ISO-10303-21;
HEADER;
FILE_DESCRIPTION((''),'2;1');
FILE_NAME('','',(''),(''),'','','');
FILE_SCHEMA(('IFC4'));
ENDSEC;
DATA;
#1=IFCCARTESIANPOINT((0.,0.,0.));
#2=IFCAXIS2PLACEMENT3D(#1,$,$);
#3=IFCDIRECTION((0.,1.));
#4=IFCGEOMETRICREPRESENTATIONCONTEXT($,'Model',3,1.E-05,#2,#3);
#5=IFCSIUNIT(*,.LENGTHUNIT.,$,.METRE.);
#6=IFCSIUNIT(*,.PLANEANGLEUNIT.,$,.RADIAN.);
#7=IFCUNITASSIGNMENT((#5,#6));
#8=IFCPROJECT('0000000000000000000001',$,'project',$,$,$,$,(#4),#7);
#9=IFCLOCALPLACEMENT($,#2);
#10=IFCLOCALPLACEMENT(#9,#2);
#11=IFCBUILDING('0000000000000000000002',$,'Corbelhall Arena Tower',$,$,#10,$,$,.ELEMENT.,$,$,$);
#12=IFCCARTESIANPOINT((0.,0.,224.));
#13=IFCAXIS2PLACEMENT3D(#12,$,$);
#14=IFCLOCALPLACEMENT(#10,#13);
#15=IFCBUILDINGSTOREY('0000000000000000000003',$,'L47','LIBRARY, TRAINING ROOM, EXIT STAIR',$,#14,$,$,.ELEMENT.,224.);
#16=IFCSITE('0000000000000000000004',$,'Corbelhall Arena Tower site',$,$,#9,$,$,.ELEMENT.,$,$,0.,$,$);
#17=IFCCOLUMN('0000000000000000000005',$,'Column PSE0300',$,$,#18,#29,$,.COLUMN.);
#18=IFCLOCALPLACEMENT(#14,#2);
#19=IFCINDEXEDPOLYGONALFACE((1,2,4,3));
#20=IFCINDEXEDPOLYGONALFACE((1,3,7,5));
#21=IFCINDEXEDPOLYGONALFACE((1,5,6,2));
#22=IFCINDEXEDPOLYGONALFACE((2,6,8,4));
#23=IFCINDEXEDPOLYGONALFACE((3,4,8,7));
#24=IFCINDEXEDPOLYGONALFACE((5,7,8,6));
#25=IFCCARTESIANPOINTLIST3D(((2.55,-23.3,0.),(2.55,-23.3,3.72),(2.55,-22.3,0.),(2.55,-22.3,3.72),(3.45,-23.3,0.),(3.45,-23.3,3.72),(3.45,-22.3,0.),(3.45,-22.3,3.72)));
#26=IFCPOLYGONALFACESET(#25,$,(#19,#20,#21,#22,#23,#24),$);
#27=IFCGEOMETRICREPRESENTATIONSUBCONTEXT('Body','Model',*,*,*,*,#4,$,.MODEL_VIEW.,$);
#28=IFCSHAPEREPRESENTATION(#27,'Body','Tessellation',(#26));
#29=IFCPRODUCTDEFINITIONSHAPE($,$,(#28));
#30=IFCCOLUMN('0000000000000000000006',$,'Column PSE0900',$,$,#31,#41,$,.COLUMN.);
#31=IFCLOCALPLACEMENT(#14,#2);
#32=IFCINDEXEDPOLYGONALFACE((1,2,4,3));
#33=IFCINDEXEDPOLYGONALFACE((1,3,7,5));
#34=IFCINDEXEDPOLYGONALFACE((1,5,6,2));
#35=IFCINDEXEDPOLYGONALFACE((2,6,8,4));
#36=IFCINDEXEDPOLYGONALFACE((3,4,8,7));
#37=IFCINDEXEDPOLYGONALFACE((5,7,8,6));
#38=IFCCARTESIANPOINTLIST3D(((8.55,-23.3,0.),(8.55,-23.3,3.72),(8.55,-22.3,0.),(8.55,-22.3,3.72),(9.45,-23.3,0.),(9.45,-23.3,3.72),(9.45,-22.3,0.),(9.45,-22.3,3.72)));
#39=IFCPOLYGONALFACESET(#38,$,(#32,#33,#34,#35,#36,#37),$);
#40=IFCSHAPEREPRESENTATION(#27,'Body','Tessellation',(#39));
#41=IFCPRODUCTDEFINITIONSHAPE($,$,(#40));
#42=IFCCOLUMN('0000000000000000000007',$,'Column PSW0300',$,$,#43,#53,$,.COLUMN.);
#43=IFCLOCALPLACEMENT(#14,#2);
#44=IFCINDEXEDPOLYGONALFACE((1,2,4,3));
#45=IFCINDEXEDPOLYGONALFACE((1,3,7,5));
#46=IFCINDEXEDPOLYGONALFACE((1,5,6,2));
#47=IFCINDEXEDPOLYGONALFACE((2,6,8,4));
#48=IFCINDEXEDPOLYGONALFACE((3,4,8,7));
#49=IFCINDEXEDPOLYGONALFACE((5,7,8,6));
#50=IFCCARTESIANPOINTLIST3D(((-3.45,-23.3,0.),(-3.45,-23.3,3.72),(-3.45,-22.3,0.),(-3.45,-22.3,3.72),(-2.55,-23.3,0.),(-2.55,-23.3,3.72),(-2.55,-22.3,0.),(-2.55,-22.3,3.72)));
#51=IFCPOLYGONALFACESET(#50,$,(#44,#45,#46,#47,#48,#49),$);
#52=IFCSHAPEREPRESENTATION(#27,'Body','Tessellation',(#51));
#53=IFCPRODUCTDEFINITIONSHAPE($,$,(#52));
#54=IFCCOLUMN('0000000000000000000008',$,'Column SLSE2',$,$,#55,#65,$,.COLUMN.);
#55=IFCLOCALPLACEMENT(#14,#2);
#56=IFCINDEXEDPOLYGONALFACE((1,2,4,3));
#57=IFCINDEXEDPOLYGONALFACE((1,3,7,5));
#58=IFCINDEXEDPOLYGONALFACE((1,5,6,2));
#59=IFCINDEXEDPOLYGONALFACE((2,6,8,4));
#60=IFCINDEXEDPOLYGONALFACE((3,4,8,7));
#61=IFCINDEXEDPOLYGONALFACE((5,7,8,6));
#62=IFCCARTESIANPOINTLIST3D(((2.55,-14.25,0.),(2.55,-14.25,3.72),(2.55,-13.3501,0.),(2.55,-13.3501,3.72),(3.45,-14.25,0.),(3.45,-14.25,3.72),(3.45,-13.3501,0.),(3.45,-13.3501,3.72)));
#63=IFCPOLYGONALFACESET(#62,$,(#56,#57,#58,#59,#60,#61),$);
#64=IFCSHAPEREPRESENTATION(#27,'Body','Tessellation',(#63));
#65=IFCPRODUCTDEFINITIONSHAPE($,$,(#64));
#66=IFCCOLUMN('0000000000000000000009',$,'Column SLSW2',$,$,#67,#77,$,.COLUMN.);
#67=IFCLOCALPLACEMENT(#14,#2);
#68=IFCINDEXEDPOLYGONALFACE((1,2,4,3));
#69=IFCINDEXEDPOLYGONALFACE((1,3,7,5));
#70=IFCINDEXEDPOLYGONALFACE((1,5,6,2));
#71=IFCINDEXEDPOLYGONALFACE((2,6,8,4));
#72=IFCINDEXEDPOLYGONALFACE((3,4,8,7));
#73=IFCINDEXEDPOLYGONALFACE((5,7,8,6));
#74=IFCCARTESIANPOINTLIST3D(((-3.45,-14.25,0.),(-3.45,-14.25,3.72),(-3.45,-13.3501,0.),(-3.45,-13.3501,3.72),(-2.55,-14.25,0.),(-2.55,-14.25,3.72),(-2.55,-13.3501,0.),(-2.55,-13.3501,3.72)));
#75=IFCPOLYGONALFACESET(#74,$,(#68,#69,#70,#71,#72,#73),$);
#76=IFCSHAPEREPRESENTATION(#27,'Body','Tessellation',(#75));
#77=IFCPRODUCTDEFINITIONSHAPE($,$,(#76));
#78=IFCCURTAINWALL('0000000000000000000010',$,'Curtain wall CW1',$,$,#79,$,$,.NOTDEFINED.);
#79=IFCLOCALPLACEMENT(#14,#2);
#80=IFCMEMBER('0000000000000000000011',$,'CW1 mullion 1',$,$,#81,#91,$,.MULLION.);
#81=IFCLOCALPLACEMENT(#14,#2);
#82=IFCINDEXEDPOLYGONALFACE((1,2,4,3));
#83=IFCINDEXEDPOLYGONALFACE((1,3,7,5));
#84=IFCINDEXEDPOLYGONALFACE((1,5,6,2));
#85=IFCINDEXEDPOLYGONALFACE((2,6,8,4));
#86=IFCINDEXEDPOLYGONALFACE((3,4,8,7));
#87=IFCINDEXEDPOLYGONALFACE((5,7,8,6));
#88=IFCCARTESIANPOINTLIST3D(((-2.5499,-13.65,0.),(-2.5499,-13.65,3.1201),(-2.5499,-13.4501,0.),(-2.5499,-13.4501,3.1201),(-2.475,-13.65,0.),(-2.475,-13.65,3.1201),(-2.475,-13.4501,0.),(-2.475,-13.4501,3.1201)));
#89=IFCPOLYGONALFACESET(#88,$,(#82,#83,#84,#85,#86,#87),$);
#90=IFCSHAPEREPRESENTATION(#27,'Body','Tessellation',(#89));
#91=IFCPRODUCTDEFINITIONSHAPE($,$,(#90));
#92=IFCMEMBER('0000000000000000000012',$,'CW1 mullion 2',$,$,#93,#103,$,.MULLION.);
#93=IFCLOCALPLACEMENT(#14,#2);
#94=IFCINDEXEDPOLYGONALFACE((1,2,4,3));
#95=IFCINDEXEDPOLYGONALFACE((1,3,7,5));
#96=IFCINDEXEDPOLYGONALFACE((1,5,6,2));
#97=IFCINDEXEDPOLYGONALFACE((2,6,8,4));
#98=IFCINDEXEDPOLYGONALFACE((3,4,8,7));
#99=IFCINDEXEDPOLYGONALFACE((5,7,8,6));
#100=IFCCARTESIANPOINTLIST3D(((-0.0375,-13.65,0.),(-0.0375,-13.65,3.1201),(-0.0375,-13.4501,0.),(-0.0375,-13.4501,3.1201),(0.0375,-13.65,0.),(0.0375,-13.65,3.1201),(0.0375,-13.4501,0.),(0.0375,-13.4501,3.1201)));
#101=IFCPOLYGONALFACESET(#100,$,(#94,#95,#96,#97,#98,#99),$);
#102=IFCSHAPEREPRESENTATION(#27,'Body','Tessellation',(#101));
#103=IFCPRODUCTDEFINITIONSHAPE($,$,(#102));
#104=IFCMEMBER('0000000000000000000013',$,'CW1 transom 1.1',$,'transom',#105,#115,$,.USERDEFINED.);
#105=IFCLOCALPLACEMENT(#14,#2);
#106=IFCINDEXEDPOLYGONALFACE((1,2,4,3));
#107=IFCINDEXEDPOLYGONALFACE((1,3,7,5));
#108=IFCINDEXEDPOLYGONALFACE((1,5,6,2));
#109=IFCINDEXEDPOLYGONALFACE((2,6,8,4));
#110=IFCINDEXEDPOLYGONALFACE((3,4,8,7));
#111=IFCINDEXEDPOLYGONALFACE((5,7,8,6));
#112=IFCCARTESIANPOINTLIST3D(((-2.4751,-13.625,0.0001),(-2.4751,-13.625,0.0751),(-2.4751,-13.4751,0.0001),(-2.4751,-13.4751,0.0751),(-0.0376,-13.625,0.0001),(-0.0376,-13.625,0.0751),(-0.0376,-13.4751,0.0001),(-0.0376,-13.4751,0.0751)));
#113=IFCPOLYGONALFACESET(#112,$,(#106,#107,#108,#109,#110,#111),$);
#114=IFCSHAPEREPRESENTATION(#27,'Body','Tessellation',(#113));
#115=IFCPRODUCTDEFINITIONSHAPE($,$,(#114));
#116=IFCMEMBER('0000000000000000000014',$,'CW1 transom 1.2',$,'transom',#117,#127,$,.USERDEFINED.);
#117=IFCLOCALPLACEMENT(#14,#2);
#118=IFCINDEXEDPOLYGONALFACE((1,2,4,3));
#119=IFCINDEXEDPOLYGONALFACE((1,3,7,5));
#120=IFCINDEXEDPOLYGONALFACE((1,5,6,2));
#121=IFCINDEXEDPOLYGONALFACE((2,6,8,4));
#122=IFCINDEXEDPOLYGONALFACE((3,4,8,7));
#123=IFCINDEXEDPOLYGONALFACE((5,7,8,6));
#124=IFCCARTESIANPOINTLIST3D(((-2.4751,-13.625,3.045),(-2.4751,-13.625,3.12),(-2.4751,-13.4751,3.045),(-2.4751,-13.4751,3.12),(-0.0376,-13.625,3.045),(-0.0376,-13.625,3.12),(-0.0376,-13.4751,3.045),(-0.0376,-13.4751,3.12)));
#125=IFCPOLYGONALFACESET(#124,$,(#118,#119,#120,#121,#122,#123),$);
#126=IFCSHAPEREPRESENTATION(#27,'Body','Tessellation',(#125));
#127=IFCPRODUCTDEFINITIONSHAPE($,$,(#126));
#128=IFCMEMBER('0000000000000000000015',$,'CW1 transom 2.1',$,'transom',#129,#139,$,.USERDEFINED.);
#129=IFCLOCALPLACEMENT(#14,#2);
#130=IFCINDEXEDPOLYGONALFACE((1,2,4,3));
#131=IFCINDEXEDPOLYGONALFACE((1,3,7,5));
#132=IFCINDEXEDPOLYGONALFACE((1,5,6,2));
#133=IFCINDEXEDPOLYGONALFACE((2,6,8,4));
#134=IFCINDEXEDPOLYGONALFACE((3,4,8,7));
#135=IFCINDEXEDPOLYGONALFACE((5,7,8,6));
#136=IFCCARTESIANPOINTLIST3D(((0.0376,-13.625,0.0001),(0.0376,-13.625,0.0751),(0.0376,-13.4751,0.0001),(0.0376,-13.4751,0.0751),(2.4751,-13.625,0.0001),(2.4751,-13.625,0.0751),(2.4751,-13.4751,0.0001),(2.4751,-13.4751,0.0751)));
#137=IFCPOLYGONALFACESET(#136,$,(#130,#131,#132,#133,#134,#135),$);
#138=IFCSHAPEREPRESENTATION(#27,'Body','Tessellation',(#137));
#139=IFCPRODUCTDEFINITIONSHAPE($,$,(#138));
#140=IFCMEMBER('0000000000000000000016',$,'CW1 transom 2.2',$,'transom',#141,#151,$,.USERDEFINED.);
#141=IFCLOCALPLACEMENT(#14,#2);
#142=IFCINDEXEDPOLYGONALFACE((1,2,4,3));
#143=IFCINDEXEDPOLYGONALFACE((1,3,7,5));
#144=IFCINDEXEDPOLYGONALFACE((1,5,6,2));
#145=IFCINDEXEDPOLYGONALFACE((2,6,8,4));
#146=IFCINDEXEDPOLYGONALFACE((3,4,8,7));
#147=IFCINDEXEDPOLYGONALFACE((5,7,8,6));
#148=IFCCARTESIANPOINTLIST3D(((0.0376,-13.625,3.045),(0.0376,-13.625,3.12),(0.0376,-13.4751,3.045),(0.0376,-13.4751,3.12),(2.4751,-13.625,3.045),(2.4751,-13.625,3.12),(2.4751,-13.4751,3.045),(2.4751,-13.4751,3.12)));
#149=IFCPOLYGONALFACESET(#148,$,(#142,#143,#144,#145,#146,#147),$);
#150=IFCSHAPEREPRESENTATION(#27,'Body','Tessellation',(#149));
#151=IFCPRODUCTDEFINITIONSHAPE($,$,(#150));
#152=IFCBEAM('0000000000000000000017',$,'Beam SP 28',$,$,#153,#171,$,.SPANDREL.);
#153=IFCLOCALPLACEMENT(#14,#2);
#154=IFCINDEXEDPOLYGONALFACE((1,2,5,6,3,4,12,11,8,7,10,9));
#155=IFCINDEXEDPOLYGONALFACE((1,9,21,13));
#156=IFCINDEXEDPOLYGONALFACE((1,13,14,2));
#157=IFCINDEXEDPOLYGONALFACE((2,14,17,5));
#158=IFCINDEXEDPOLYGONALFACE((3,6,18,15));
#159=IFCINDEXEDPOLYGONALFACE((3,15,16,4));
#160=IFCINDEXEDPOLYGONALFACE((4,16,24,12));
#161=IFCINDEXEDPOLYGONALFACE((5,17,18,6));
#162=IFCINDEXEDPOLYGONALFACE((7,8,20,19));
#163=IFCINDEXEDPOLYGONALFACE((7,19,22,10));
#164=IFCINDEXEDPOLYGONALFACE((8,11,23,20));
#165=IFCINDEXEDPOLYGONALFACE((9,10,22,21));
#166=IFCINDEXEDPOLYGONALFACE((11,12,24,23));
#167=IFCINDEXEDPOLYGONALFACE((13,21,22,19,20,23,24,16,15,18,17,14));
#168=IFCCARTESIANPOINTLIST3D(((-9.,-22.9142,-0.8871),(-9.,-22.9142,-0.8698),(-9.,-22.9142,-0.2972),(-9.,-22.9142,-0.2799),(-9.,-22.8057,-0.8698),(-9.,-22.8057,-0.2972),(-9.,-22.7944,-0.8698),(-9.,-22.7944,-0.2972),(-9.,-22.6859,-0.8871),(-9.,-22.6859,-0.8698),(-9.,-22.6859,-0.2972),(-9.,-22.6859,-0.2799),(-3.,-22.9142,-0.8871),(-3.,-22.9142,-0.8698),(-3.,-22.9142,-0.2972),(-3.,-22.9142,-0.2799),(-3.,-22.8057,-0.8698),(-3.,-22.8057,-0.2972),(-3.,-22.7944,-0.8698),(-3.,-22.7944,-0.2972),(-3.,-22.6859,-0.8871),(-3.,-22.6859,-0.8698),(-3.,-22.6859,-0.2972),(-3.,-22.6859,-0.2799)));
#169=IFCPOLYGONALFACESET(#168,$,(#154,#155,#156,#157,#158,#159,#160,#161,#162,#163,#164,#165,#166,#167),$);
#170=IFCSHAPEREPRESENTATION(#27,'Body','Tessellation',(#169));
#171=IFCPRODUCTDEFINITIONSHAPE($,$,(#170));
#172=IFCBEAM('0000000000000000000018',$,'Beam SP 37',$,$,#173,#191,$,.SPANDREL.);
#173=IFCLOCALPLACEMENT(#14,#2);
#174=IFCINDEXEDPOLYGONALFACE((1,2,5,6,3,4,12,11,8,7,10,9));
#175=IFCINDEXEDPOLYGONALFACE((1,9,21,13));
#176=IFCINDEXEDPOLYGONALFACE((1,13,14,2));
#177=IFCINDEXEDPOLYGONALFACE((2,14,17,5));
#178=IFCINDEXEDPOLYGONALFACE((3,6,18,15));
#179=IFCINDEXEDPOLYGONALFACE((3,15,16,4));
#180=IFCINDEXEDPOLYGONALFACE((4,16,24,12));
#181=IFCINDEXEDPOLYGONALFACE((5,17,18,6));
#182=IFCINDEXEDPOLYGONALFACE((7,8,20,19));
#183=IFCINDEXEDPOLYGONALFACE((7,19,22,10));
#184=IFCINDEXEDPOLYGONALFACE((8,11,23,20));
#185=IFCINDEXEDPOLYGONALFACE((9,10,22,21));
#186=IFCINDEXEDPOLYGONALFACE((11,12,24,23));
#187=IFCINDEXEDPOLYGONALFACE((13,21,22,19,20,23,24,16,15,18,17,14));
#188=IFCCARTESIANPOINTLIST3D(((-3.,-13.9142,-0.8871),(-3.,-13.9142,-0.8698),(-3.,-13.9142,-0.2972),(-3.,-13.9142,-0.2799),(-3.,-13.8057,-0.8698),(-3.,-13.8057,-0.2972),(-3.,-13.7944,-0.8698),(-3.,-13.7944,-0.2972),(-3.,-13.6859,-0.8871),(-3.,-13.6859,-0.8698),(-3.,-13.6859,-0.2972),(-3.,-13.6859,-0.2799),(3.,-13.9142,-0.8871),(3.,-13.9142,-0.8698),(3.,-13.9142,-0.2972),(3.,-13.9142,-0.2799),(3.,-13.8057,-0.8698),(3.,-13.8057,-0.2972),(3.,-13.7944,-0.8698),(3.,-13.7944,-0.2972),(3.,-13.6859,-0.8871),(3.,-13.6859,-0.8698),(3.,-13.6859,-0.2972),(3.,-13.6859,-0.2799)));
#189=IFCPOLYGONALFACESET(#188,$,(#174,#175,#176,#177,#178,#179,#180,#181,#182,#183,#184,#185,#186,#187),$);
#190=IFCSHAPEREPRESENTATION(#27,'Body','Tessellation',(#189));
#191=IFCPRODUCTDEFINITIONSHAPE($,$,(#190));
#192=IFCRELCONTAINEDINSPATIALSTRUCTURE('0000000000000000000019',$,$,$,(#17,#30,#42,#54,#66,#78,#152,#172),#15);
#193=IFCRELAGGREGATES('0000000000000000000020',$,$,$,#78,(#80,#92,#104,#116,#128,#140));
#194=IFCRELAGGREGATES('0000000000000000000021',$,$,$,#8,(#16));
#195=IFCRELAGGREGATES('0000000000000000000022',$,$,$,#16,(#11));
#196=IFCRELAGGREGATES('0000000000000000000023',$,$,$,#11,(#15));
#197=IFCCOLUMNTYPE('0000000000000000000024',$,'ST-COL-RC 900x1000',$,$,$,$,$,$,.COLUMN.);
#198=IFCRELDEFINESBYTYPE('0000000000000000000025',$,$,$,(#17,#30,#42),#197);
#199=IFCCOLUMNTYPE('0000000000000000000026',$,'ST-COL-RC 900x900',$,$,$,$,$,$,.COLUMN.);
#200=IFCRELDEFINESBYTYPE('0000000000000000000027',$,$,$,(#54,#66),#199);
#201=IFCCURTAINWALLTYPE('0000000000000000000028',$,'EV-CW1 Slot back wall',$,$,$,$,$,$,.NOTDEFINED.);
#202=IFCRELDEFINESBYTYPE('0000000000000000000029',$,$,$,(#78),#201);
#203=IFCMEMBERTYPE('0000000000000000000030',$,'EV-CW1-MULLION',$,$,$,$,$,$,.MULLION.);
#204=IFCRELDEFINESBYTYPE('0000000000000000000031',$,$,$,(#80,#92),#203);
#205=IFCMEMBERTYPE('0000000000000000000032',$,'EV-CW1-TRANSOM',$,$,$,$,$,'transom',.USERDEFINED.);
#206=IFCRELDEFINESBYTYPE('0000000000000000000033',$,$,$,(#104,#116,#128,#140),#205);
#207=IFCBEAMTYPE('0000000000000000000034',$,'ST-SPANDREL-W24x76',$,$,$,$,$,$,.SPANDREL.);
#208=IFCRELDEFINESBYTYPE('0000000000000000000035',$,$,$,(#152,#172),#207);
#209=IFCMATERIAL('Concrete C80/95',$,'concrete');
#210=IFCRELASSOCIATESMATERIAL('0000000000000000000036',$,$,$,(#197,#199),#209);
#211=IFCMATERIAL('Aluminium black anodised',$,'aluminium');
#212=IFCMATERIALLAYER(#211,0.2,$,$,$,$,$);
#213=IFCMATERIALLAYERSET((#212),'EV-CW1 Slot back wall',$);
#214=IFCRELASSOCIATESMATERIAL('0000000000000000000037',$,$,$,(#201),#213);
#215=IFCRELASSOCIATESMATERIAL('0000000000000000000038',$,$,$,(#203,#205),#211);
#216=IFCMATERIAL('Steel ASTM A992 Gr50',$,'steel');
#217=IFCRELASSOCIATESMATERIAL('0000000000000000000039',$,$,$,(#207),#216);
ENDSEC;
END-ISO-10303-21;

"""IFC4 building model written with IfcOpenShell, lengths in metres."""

from ifc_helpers import new_model, si_unit, direction, frame, origin, origin_2d, place, context, subcontext, project, spatial, rectangle, i_section, extrude, material, layer, layer_set, material_profile, profile_set, type_object, element, aggregate, save


model = new_model("IFC4")

# Units and contexts
model_context = context("Model", 3, precision=1e-05, world=origin(), true_north=direction((0.0, 1.0)))
body_context = subcontext(model_context, "Body", "Model", "MODEL_VIEW")
ifc_project = project(units=[si_unit("LENGTHUNIT", "METRE"), si_unit("PLANEANGLEUNIT", "RADIAN")], contexts=[model_context])

# Site, building, storey
site_placement = place(None, origin())
site = spatial("IfcSite", under=ifc_project, at=site_placement, Name="Corbelhall Arena Tower site", CompositionType="ELEMENT", RefElevation=0.0)
building_placement = place(site_placement, origin())
building = spatial("IfcBuilding", under=site, at=building_placement, Name="Corbelhall Arena Tower", CompositionType="ELEMENT")
storey_placement = place(building_placement, frame((0.0, 0.0, 224.0)))
storey = spatial("IfcBuildingStorey", under=building, at=storey_placement, Name="L47", Description="LIBRARY, TRAINING ROOM, EXIT STAIR", CompositionType="ELEMENT", Elevation=224.0)

# Columns
ifc_material_1 = material(Name="Concrete C80/95", Category="concrete")
ifc_material_profile_1 = material_profile(ifc_material_1, rectangle(XDim=0.8999, YDim=1.0, at=origin_2d()))
ifc_profile_set_1 = profile_set([ifc_material_profile_1], Name="Concrete C80/95")
column_type_1 = type_object("IfcColumnType", Name="ST-COL-RC 900x1000", PredefinedType="COLUMN", material=ifc_profile_set_1)
for number, where, z_axis, x_axis, name in (
    (1, (3.0, -22.8, 0.0), (0.0, 0.0, 1.0), (1.0, 0.0, 0.0), "Column PSE0300"),
    (2, (9.0, -22.8, 0.0), (0.0, 0.0, 1.0), (1.0, 0.0, 0.0), "Column PSE0900"),
    (3, (-3.0, -22.8, 0.0), (0.0, 0.0, 1.0), (1.0, 0.0, 0.0), "Column PSW0300"),
):
    element("IfcColumn", number, at=place(storey_placement, frame(where, z_axis=z_axis, x_axis=x_axis)), inside=storey, type_object=column_type_1, Name=name, PredefinedType="COLUMN", context=body_context, shape_type="SweptSolid", body=[
        extrude(rectangle(XDim=0.8999, YDim=1.0, at=origin_2d()), origin(), (0.0, 0.0, 1.0), 3.72),
    ])
ifc_material_profile_2 = material_profile(ifc_material_1, rectangle(XDim=0.8999, YDim=0.8999, at=origin_2d()))
ifc_profile_set_2 = profile_set([ifc_material_profile_2], Name="Concrete C80/95")
column_type_2 = type_object("IfcColumnType", Name="ST-COL-RC 900x900", PredefinedType="COLUMN", material=ifc_profile_set_2)
for number, where, z_axis, x_axis, name in (
    (4, (3.0, -13.8, 0.0), (0.0, 0.0, 1.0), (1.0, 0.0, 0.0), "Column SLSE2"),
    (5, (-3.0, -13.8, 0.0), (0.0, 0.0, 1.0), (1.0, 0.0, 0.0), "Column SLSW2"),
):
    element("IfcColumn", number, at=place(storey_placement, frame(where, z_axis=z_axis, x_axis=x_axis)), inside=storey, type_object=column_type_2, Name=name, PredefinedType="COLUMN", context=body_context, shape_type="SweptSolid", body=[
        extrude(rectangle(XDim=0.8999, YDim=0.8999, at=origin_2d()), origin(), (0.0, 0.0, 1.0), 3.72),
    ])

# Curtain wall, members
ifc_material_2 = material(Name="Aluminium black anodised", Category="aluminium")
ifc_layer_1 = layer(ifc_material_2, 0.2)
ifc_layer_set_1 = layer_set([ifc_layer_1], Name="EV-CW1 Slot back wall")
curtain_wall_type = type_object("IfcCurtainWallType", Name="EV-CW1 Slot back wall", PredefinedType="NOTDEFINED", material=ifc_layer_set_1)
curtain_wall_placement = place(storey_placement, origin())
curtain_wall = element("IfcCurtainWall", 6, at=curtain_wall_placement, inside=storey, type_object=curtain_wall_type, Name="Curtain wall CW1", PredefinedType="NOTDEFINED")
ifc_material_profile_3 = material_profile(ifc_material_2, rectangle(XDim=0.2, YDim=0.075, at=origin_2d()))
ifc_profile_set_3 = profile_set([ifc_material_profile_3], Name="Aluminium black anodised")
member_type_1 = type_object("IfcMemberType", Name="EV-CW1-MULLION", PredefinedType="MULLION", material=ifc_profile_set_3)
member_1_placement = place(storey_placement, frame((-2.5125, -13.55, 0.0), z_axis=(0.0, 0.0, 1.0), x_axis=(0.0, 1.0, 0.0)))
member_1 = element("IfcMember", 7, at=member_1_placement, type_object=member_type_1, Name="CW1 mullion 1", PredefinedType="MULLION", context=body_context, shape_type="SweptSolid", body=[
    extrude(rectangle(XDim=0.2, YDim=0.075, at=origin_2d()), origin(), (0.0, 0.0, 1.0), 3.1201),
])
member_2_placement = place(storey_placement, frame((0.0, -13.55, 0.0), z_axis=(0.0, 0.0, 1.0), x_axis=(0.0, 1.0, 0.0)))
member_2 = element("IfcMember", 8, at=member_2_placement, type_object=member_type_1, Name="CW1 mullion 2", PredefinedType="MULLION", context=body_context, shape_type="SweptSolid", body=[
    extrude(rectangle(XDim=0.2, YDim=0.075, at=origin_2d()), origin(), (0.0, 0.0, 1.0), 3.1201),
])
ifc_material_profile_4 = material_profile(ifc_material_2, rectangle(XDim=0.1499, YDim=0.075, at=origin_2d()))
ifc_profile_set_4 = profile_set([ifc_material_profile_4], Name="Aluminium black anodised")
member_type_2 = type_object("IfcMemberType", Name="EV-CW1-TRANSOM", ElementType="transom", PredefinedType="USERDEFINED", material=ifc_profile_set_4)
member_3_placement = place(storey_placement, frame((-2.4751, -13.55, 0.0376), z_axis=(1.0, 0.0, 0.0), x_axis=(0.0, 1.0, 0.0)))
member_3 = element("IfcMember", 9, at=member_3_placement, type_object=member_type_2, Name="CW1 transom 1.1", ObjectType="transom", PredefinedType="USERDEFINED", context=body_context, shape_type="SweptSolid", body=[
    extrude(rectangle(XDim=0.1499, YDim=0.075, at=origin_2d()), origin(), (0.0, 0.0, 1.0), 2.4375),
])
member_4_placement = place(storey_placement, frame((-2.4751, -13.55, 3.0825), z_axis=(1.0, 0.0, 0.0), x_axis=(0.0, 1.0, 0.0)))
member_4 = element("IfcMember", 10, at=member_4_placement, type_object=member_type_2, Name="CW1 transom 1.2", ObjectType="transom", PredefinedType="USERDEFINED", context=body_context, shape_type="SweptSolid", body=[
    extrude(rectangle(XDim=0.1499, YDim=0.075, at=origin_2d()), origin(), (0.0, 0.0, 1.0), 2.4375),
])
member_5_placement = place(storey_placement, frame((0.0376, -13.55, 0.0376), z_axis=(1.0, 0.0, 0.0), x_axis=(0.0, 1.0, 0.0)))
member_5 = element("IfcMember", 11, at=member_5_placement, type_object=member_type_2, Name="CW1 transom 2.1", ObjectType="transom", PredefinedType="USERDEFINED", context=body_context, shape_type="SweptSolid", body=[
    extrude(rectangle(XDim=0.1499, YDim=0.075, at=origin_2d()), origin(), (0.0, 0.0, 1.0), 2.4375),
])
member_6_placement = place(storey_placement, frame((0.0376, -13.55, 3.0825), z_axis=(1.0, 0.0, 0.0), x_axis=(0.0, 1.0, 0.0)))
member_6 = element("IfcMember", 12, at=member_6_placement, type_object=member_type_2, Name="CW1 transom 2.2", ObjectType="transom", PredefinedType="USERDEFINED", context=body_context, shape_type="SweptSolid", body=[
    extrude(rectangle(XDim=0.1499, YDim=0.075, at=origin_2d()), origin(), (0.0, 0.0, 1.0), 2.4375),
])

# Beams
ifc_material_3 = material(Name="Steel ASTM A992 Gr50", Category="steel")
ifc_material_profile_5 = material_profile(ifc_material_3, i_section(OverallWidth=0.2283, OverallDepth=0.6072, WebThickness=0.0112, FlangeThickness=0.0173, at=origin_2d()))
ifc_profile_set_5 = profile_set([ifc_material_profile_5], Name="Steel ASTM A992 Gr50")
beam_type_1 = type_object("IfcBeamType", Name="ST-SPANDREL-W24x76", PredefinedType="SPANDREL", material=ifc_profile_set_5)
for number, where, z_axis, x_axis, name in (
    (13, (-3.0, -22.8, -0.5835), (-1.0, 0.0, 0.0), (0.0, -1.0, 0.0), "Beam SP 28"),
    (14, (3.0, -13.8, -0.5835), (-1.0, 0.0, 0.0), (0.0, -1.0, 0.0), "Beam SP 37"),
):
    element("IfcBeam", number, at=place(storey_placement, frame(where, z_axis=z_axis, x_axis=x_axis)), inside=storey, type_object=beam_type_1, Name=name, PredefinedType="SPANDREL", context=body_context, shape_type="SweptSolid", body=[
        extrude(i_section(OverallWidth=0.2283, OverallDepth=0.6072, WebThickness=0.0112, FlangeThickness=0.0173, at=origin_2d()), origin(), (0.0, 0.0, 1.0), 6.0),
    ])

aggregate(curtain_wall, [member_1, member_2, member_3, member_4, member_5, member_6])

save(model, "model.ifc")
